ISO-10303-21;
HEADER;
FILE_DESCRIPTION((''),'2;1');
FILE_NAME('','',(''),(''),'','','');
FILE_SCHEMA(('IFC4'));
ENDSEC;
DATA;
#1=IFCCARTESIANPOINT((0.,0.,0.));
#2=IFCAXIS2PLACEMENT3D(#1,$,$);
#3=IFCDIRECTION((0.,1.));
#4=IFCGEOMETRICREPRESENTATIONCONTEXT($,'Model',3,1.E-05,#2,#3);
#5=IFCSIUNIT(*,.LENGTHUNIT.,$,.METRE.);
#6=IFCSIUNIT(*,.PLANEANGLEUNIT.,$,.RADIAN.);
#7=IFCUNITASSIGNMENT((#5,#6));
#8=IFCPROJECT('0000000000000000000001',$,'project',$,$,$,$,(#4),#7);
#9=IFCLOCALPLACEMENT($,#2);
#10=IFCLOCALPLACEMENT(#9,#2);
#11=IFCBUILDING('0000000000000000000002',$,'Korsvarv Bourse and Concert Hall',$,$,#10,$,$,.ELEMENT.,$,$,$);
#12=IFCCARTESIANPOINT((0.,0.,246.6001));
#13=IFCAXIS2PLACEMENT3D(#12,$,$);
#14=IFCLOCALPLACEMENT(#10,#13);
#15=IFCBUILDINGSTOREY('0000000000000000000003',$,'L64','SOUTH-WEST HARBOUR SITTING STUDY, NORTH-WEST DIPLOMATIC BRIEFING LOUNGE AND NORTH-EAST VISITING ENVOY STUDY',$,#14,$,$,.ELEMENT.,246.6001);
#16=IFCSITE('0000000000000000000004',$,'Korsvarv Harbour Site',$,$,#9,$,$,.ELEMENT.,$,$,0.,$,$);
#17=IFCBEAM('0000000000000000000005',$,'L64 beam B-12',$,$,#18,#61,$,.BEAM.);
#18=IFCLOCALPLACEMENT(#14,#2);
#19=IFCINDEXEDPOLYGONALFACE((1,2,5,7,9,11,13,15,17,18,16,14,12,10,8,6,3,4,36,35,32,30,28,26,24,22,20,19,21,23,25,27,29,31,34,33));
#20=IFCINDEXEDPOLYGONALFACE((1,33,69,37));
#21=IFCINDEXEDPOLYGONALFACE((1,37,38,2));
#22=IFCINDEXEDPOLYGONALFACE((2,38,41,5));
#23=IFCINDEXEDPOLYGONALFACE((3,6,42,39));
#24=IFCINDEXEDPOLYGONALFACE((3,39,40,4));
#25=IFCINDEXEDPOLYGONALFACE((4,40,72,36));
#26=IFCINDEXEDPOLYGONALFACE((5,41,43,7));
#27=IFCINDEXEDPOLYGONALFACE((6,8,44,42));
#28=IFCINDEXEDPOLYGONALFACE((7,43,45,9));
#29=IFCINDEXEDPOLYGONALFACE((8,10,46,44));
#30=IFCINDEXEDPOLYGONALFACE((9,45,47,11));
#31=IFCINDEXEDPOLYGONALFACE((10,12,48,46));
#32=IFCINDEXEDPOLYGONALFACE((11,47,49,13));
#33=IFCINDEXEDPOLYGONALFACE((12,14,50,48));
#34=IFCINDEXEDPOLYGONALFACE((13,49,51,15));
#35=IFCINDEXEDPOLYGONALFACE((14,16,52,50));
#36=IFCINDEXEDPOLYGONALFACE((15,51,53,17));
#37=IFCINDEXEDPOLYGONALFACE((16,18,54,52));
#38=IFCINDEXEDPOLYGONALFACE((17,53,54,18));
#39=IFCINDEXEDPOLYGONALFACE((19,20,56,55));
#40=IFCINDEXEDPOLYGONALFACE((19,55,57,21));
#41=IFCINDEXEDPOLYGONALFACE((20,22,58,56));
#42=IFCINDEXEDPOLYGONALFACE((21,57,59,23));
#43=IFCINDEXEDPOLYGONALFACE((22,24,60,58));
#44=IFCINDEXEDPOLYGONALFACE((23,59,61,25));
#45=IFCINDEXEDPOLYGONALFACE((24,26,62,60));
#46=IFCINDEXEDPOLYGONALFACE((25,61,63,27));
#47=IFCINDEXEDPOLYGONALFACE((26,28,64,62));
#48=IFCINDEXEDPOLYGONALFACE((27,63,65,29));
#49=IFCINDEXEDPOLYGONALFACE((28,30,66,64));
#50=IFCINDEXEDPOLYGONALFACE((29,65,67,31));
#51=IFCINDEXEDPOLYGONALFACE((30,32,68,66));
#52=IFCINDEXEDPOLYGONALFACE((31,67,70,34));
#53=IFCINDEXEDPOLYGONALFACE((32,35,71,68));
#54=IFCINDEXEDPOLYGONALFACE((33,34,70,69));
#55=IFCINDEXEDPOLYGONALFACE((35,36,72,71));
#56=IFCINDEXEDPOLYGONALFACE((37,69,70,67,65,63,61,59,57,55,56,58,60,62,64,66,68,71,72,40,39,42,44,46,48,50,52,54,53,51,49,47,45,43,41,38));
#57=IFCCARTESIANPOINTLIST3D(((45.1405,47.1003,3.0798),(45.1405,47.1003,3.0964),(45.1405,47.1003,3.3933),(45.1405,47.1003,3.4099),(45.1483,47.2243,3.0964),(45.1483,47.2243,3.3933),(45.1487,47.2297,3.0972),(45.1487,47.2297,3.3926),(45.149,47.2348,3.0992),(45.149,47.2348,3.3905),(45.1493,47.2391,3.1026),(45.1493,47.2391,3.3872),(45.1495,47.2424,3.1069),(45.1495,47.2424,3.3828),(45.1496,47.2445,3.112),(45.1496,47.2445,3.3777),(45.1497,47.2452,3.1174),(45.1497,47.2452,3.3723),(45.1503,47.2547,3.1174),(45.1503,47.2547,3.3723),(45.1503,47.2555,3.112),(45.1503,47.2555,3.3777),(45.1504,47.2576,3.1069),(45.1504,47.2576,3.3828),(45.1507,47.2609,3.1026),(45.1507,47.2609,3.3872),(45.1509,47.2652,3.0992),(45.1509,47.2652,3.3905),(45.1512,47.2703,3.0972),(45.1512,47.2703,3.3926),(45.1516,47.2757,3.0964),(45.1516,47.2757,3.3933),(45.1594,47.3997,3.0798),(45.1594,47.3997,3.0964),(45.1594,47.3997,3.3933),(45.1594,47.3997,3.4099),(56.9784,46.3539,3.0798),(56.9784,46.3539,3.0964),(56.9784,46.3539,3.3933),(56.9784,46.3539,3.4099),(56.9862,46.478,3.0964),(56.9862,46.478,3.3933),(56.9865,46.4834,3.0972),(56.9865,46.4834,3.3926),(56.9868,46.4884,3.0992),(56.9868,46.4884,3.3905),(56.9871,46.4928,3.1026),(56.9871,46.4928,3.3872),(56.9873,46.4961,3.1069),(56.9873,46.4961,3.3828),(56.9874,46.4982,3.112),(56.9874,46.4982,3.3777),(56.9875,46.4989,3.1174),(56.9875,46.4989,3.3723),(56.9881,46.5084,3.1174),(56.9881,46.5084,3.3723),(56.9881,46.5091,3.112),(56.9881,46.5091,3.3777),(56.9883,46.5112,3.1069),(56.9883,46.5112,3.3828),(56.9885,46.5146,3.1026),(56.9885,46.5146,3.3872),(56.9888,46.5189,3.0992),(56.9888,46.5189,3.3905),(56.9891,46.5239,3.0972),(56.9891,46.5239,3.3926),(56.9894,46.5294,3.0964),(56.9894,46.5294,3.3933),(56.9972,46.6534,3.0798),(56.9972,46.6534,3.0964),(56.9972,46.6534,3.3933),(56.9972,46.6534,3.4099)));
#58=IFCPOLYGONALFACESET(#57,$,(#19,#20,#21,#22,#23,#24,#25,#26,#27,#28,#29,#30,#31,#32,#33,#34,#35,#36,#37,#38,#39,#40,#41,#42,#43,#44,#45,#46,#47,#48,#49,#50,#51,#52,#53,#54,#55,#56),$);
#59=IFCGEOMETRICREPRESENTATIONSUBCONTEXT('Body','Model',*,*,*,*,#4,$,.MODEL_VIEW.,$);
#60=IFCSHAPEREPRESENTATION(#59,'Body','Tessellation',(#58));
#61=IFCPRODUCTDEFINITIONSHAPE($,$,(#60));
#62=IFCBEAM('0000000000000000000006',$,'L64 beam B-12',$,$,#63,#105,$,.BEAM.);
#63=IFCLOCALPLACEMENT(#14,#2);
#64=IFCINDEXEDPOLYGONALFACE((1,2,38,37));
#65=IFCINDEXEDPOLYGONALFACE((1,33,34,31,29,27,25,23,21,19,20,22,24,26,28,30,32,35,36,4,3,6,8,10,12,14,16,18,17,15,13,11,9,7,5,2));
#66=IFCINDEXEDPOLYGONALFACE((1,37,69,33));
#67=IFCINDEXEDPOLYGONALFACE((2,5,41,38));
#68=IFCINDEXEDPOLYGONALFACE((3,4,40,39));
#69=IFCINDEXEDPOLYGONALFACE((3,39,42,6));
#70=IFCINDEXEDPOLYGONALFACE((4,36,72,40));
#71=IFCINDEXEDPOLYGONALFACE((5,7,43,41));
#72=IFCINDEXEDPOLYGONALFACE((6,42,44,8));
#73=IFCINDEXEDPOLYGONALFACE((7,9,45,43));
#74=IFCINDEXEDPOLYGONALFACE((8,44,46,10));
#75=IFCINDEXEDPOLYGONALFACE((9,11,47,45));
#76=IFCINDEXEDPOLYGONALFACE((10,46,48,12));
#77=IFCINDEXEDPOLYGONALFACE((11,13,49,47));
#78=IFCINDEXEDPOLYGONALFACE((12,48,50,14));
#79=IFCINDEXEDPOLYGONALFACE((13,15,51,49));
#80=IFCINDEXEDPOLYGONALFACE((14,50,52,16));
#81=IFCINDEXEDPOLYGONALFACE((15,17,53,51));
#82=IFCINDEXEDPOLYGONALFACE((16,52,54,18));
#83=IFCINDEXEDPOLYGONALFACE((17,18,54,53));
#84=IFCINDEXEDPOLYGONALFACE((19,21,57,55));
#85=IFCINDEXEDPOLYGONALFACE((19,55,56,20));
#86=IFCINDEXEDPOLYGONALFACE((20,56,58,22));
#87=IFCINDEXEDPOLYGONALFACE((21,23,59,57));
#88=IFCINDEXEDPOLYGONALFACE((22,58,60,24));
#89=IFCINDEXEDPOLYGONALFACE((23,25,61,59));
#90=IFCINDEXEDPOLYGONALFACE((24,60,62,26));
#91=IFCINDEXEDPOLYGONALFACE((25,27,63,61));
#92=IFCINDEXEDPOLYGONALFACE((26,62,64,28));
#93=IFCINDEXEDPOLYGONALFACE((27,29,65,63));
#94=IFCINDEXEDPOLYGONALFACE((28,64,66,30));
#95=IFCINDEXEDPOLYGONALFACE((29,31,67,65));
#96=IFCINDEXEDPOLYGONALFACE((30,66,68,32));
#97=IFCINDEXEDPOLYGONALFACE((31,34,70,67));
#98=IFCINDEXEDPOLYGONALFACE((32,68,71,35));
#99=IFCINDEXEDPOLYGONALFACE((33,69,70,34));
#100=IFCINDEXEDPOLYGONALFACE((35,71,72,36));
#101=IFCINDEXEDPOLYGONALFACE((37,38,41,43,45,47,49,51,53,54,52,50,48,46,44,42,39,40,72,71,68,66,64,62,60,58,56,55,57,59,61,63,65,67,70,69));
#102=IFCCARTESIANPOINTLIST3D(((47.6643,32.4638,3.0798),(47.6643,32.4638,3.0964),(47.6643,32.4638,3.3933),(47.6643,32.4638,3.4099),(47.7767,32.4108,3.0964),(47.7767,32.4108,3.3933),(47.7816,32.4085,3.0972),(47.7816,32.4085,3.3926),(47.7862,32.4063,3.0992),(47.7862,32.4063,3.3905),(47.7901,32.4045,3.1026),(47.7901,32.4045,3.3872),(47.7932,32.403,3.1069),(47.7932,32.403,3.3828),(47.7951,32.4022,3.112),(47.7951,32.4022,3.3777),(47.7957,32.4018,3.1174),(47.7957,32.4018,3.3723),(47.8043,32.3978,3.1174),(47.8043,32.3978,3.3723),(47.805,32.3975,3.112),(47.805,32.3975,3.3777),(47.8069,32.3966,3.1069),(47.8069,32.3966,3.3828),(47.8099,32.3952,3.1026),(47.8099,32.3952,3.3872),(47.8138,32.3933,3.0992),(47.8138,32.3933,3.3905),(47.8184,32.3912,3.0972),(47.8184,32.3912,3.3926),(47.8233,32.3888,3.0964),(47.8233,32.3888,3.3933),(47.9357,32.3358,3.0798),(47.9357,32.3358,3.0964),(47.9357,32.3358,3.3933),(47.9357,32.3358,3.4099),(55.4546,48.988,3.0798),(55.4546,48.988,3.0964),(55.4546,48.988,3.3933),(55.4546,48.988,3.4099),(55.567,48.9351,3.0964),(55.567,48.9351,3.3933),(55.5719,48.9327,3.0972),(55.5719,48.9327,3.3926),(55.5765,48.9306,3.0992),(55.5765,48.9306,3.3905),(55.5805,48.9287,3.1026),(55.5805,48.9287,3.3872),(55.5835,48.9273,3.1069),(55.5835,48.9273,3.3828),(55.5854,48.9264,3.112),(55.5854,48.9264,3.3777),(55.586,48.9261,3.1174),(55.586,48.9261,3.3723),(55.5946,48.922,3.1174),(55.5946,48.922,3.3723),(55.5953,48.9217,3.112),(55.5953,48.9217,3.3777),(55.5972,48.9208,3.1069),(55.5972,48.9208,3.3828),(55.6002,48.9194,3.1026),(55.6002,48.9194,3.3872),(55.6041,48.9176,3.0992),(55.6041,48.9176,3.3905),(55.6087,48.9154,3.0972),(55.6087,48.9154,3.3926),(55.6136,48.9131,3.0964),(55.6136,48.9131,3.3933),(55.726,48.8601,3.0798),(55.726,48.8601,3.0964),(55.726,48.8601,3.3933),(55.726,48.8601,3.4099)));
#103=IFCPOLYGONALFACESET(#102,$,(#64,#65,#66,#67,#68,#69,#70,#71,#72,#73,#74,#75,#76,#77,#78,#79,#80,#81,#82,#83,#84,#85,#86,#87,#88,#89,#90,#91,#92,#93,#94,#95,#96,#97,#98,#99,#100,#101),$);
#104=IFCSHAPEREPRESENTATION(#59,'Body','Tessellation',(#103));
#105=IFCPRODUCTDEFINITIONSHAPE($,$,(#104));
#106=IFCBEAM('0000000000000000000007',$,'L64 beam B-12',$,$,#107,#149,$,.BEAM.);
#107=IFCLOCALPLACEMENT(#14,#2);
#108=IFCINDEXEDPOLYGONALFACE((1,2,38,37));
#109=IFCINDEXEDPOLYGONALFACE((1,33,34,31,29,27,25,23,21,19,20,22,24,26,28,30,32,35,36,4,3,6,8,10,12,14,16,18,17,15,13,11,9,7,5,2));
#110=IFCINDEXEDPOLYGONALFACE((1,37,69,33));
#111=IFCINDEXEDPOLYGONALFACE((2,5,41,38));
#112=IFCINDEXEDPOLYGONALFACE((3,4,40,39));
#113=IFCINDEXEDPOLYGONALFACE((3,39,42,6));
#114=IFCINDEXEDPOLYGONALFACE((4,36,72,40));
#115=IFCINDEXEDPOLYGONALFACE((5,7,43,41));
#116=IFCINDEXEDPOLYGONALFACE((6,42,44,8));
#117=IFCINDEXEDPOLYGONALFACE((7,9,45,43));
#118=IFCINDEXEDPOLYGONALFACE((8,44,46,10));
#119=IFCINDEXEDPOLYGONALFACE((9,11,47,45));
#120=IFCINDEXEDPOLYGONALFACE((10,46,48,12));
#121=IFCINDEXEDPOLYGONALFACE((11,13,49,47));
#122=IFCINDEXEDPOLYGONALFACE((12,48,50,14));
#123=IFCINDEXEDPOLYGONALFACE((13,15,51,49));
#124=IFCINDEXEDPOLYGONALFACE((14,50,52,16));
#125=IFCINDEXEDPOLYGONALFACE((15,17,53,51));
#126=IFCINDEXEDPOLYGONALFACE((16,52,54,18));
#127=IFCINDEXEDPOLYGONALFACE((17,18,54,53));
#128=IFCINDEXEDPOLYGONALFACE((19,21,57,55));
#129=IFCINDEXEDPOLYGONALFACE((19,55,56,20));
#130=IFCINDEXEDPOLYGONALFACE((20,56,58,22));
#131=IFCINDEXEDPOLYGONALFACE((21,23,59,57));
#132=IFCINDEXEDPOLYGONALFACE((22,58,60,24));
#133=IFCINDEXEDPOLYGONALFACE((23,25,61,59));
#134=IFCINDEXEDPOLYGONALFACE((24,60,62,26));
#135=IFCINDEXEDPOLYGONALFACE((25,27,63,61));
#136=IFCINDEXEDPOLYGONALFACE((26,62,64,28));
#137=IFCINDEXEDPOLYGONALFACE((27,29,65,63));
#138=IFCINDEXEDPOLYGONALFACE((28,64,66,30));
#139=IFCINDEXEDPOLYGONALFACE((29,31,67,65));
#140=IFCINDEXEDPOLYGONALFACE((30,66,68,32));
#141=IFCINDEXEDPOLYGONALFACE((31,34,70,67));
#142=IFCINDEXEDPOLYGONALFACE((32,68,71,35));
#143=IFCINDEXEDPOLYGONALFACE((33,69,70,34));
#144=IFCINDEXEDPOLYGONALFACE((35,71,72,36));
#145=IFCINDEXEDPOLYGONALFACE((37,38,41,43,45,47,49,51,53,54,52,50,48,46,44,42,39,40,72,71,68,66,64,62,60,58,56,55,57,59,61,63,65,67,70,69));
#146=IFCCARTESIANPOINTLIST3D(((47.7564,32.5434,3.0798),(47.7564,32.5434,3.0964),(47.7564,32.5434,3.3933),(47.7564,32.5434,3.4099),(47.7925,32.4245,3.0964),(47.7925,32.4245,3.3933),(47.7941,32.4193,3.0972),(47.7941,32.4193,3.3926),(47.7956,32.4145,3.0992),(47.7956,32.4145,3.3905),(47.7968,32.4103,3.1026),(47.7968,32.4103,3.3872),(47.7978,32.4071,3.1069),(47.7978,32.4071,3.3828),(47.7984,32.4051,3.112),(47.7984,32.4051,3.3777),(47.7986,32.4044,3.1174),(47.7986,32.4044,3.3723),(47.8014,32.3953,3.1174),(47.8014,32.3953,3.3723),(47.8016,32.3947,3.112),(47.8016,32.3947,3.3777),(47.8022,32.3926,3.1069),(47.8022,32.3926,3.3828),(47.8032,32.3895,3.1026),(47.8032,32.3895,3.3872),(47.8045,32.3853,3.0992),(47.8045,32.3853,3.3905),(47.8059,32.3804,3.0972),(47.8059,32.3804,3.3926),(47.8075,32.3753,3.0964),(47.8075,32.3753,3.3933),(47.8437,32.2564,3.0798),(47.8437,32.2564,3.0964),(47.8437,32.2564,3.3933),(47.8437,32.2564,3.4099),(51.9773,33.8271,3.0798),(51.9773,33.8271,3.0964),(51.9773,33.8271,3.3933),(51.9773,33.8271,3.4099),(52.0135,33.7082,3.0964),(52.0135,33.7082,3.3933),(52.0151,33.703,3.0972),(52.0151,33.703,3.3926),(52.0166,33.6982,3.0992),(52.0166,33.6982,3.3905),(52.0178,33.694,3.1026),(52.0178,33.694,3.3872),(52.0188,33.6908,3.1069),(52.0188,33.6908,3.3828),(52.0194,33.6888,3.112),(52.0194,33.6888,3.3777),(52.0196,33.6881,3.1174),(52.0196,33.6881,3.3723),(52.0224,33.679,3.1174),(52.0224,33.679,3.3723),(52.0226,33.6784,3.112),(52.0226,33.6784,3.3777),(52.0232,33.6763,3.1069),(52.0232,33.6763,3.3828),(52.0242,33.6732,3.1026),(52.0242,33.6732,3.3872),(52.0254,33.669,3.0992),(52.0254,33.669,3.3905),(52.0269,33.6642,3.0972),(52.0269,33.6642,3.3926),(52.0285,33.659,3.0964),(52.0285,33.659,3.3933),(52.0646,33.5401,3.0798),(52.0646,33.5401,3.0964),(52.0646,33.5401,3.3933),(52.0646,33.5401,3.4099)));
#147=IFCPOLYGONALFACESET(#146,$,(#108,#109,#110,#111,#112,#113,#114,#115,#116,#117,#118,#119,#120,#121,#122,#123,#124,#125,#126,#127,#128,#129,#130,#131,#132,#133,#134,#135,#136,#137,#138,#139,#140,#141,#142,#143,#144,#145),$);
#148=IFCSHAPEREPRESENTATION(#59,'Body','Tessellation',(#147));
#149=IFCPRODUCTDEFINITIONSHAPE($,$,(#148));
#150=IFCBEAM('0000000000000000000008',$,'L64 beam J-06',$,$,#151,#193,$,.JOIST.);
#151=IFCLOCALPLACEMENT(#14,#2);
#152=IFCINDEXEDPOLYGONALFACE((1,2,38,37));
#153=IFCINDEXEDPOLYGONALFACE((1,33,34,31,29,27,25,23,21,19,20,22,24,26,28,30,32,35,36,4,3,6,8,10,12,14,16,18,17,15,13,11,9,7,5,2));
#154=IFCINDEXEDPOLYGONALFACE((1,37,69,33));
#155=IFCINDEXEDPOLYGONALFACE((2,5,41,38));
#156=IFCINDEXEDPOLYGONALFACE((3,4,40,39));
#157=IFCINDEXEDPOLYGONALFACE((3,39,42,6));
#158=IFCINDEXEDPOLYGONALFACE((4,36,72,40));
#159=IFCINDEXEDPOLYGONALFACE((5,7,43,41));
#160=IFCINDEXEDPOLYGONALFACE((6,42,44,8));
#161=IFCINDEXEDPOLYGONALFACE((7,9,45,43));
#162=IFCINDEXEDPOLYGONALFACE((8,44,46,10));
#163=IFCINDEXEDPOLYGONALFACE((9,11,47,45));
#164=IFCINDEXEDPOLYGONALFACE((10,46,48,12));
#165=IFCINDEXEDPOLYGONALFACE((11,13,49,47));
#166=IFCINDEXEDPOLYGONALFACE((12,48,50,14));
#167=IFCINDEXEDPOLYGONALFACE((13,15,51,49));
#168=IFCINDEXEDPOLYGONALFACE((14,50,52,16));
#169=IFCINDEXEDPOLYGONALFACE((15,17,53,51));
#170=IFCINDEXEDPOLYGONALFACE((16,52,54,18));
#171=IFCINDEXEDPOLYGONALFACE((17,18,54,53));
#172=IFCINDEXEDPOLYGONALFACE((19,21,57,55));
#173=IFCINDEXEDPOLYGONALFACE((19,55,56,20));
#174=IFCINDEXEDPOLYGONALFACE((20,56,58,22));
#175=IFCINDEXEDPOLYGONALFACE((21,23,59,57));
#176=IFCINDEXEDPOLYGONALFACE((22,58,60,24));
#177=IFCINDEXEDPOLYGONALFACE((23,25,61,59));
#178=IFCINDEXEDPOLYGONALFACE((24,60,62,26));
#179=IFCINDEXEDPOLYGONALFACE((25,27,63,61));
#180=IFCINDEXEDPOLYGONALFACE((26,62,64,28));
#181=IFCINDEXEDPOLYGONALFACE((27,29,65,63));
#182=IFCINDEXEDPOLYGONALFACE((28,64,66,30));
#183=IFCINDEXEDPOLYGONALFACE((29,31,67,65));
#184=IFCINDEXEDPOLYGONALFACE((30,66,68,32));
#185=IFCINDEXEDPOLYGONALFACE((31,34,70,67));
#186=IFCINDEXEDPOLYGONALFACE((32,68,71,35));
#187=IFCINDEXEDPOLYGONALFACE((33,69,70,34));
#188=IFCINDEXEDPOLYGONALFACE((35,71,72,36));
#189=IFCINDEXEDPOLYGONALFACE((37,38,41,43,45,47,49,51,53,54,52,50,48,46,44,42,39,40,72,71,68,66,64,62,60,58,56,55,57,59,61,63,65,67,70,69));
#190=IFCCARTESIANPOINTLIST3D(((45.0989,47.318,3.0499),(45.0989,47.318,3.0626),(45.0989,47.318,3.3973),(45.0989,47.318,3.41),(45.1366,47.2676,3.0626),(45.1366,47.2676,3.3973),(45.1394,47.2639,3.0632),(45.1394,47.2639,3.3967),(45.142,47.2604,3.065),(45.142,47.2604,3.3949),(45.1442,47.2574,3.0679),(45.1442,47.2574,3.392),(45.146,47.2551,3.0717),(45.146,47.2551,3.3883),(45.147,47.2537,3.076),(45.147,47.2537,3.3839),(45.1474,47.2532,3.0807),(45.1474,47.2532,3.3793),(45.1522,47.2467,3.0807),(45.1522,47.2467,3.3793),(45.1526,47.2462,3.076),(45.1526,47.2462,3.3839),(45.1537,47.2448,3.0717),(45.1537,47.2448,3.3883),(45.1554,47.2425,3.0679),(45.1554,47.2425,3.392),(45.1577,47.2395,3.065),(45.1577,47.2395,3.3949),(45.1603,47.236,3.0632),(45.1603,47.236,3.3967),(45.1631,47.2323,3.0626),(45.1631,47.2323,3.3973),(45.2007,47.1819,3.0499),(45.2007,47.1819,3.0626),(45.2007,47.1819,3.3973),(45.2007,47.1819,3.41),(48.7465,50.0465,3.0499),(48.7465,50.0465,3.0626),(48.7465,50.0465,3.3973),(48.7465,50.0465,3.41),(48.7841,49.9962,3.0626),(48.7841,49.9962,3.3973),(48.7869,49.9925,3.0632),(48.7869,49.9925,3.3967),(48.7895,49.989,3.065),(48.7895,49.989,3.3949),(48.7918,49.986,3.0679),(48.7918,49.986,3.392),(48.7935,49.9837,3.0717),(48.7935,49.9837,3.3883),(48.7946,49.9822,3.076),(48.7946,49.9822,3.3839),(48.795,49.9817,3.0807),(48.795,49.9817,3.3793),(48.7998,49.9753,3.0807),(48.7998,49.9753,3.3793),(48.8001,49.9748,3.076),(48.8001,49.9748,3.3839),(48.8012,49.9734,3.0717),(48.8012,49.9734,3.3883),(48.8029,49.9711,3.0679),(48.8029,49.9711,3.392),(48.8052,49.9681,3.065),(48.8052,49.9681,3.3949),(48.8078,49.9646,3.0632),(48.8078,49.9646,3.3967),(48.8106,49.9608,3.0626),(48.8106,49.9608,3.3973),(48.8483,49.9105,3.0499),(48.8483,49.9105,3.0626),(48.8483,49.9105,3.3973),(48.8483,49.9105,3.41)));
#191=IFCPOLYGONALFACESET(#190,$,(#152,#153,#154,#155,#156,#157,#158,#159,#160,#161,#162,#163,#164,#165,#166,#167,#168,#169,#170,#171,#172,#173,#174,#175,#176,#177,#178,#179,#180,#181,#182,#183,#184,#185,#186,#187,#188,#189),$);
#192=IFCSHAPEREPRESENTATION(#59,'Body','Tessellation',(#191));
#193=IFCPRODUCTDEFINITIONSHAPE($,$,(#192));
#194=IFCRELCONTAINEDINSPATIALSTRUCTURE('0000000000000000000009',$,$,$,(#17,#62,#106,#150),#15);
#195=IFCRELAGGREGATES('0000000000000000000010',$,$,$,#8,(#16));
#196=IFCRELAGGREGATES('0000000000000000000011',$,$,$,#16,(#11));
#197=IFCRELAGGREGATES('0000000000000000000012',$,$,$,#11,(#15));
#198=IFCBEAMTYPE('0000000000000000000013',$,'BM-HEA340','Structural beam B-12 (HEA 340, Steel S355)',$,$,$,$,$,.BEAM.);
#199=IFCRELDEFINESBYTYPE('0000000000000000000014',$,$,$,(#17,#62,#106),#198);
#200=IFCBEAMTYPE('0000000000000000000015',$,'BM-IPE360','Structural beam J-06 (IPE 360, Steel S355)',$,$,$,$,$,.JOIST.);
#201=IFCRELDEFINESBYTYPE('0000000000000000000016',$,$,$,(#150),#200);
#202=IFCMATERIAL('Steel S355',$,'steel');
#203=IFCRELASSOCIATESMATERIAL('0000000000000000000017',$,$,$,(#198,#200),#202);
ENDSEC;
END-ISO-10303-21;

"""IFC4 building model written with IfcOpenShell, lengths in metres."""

from ifc_helpers import new_model, si_unit, direction, frame, origin, origin_2d, place, context, subcontext, project, spatial, i_section, extrude, source, transform, mapped, material, material_profile, profile_set, type_object, element, save


model = new_model("IFC4")

# Units and contexts
model_context = context("Model", 3, precision=1e-05, world=origin(), true_north=direction((0.0, 1.0)))
body_context = subcontext(model_context, "Body", "Model", "MODEL_VIEW")
ifc_project = project(units=[si_unit("LENGTHUNIT", "METRE"), si_unit("PLANEANGLEUNIT", "RADIAN")], contexts=[model_context])

# Site, building, storey
site_placement = place(None, origin())
site = spatial("IfcSite", under=ifc_project, at=site_placement, Name="Korsvarv Harbour Site", CompositionType="ELEMENT", RefElevation=0.0)
building_placement = place(site_placement, origin())
building = spatial("IfcBuilding", under=site, at=building_placement, Name="Korsvarv Bourse and Concert Hall", CompositionType="ELEMENT")
storey_placement = place(building_placement, frame((0.0, 0.0, 246.6001)))
storey = spatial("IfcBuildingStorey", under=building, at=storey_placement, Name="L64", Description="SOUTH-WEST HARBOUR SITTING STUDY, NORTH-WEST DIPLOMATIC BRIEFING LOUNGE AND NORTH-EAST VISITING ENVOY STUDY", CompositionType="ELEMENT", Elevation=246.6001)

# Beams
ifc_material_1 = material(Name="Steel S355", Category="steel")
ifc_material_profile_1 = material_profile(ifc_material_1, i_section(OverallWidth=0.3, OverallDepth=0.3301, WebThickness=0.0095, FlangeThickness=0.0166, FilletRadius=0.021, at=origin_2d()), Name="HEA 340")
ifc_profile_set_1 = profile_set([ifc_material_profile_1], Name="Steel S355")
beam_type_1 = type_object("IfcBeamType", Name="BM-HEA340", Description="Structural beam B-12 (HEA 340, Steel S355)", PredefinedType="BEAM", material=ifc_profile_set_1)
shared_shape_1 = source(origin(), body_context, "Body", "SweptSolid", [
    extrude(i_section(OverallWidth=0.3, OverallDepth=0.3301, WebThickness=0.0095, FlangeThickness=0.0166, FilletRadius=0.021, at=origin_2d()), origin(), (0.0, 0.0, 1.0), 11.8613),
])
beam_1_placement = place(storey_placement, frame((56.9878, 46.5037, 3.2449), z_axis=(-0.998018, 0.062922, 0.0), x_axis=(-0.062922, -0.998018, 0.0)))
element("IfcBeam", 1, at=beam_1_placement, inside=storey, type_object=beam_type_1, Name="L64 beam B-12", PredefinedType="BEAM", context=body_context, shape_type="MappedRepresentation", body=[
    mapped(shared_shape_1, transform((0.0, 0.0, 0.0), scale=1.0)),
])
shared_shape_2 = source(origin(), body_context, "Body", "SweptSolid", [
    extrude(i_section(OverallWidth=0.3, OverallDepth=0.3301, WebThickness=0.0095, FlangeThickness=0.0166, FilletRadius=0.021, at=origin_2d()), origin(), (0.0, 0.0, 1.0), 18.2686),
])
beam_2_placement = place(storey_placement, frame((55.5903, 48.9241, 3.2449), z_axis=(-0.426433, -0.904519, 0.0), x_axis=(0.904519, -0.426433, 0.0)))
element("IfcBeam", 2, at=beam_2_placement, inside=storey, type_object=beam_type_1, Name="L64 beam B-12", PredefinedType="BEAM", context=body_context, shape_type="MappedRepresentation", body=[
    mapped(shared_shape_2, transform((0.0, 0.0, 0.0), scale=1.0)),
])
shared_shape_3 = source(origin(), body_context, "Body", "SweptSolid", [
    extrude(i_section(OverallWidth=0.3, OverallDepth=0.3301, WebThickness=0.0095, FlangeThickness=0.0166, FilletRadius=0.021, at=origin_2d()), origin(), (0.0, 0.0, 1.0), 4.4119),
])
beam_3_placement = place(storey_placement, frame((52.021, 33.6836, 3.2449), z_axis=(-0.956734, -0.290966, 0.0), x_axis=(0.290966, -0.956734, 0.0)))
element("IfcBeam", 3, at=beam_3_placement, inside=storey, type_object=beam_type_1, Name="L64 beam B-12", PredefinedType="BEAM", context=body_context, shape_type="MappedRepresentation", body=[
    mapped(shared_shape_3, transform((0.0, 0.0, 0.0), scale=1.0)),
])
ifc_material_profile_2 = material_profile(ifc_material_1, i_section(OverallWidth=0.1699, OverallDepth=0.3601, WebThickness=0.0081, FlangeThickness=0.0127, FilletRadius=0.0181, at=origin_2d()), Name="IPE 360")
ifc_profile_set_2 = profile_set([ifc_material_profile_2], Name="Steel S355")
beam_type_2 = type_object("IfcBeamType", Name="BM-IPE360", Description="Structural beam J-06 (IPE 360, Steel S355)", PredefinedType="JOIST", material=ifc_profile_set_2)
shared_shape_4 = source(origin(), body_context, "Body", "SweptSolid", [
    extrude(i_section(OverallWidth=0.1699, OverallDepth=0.3601, WebThickness=0.0081, FlangeThickness=0.0127, FilletRadius=0.0181, at=origin_2d()), origin(), (0.0, 0.0, 1.0), 4.5552),
])
beam_4_placement = place(storey_placement, frame((48.7974, 49.9785, 3.23), z_axis=(-0.800745, -0.599005, 0.0), x_axis=(0.599005, -0.800745, 0.0)))
element("IfcBeam", 4, at=beam_4_placement, inside=storey, type_object=beam_type_2, Name="L64 beam J-06", PredefinedType="JOIST", context=body_context, shape_type="MappedRepresentation", body=[
    mapped(shared_shape_4, transform((0.0, 0.0, 0.0), scale=1.0)),
])

save(model, "model.ifc")
